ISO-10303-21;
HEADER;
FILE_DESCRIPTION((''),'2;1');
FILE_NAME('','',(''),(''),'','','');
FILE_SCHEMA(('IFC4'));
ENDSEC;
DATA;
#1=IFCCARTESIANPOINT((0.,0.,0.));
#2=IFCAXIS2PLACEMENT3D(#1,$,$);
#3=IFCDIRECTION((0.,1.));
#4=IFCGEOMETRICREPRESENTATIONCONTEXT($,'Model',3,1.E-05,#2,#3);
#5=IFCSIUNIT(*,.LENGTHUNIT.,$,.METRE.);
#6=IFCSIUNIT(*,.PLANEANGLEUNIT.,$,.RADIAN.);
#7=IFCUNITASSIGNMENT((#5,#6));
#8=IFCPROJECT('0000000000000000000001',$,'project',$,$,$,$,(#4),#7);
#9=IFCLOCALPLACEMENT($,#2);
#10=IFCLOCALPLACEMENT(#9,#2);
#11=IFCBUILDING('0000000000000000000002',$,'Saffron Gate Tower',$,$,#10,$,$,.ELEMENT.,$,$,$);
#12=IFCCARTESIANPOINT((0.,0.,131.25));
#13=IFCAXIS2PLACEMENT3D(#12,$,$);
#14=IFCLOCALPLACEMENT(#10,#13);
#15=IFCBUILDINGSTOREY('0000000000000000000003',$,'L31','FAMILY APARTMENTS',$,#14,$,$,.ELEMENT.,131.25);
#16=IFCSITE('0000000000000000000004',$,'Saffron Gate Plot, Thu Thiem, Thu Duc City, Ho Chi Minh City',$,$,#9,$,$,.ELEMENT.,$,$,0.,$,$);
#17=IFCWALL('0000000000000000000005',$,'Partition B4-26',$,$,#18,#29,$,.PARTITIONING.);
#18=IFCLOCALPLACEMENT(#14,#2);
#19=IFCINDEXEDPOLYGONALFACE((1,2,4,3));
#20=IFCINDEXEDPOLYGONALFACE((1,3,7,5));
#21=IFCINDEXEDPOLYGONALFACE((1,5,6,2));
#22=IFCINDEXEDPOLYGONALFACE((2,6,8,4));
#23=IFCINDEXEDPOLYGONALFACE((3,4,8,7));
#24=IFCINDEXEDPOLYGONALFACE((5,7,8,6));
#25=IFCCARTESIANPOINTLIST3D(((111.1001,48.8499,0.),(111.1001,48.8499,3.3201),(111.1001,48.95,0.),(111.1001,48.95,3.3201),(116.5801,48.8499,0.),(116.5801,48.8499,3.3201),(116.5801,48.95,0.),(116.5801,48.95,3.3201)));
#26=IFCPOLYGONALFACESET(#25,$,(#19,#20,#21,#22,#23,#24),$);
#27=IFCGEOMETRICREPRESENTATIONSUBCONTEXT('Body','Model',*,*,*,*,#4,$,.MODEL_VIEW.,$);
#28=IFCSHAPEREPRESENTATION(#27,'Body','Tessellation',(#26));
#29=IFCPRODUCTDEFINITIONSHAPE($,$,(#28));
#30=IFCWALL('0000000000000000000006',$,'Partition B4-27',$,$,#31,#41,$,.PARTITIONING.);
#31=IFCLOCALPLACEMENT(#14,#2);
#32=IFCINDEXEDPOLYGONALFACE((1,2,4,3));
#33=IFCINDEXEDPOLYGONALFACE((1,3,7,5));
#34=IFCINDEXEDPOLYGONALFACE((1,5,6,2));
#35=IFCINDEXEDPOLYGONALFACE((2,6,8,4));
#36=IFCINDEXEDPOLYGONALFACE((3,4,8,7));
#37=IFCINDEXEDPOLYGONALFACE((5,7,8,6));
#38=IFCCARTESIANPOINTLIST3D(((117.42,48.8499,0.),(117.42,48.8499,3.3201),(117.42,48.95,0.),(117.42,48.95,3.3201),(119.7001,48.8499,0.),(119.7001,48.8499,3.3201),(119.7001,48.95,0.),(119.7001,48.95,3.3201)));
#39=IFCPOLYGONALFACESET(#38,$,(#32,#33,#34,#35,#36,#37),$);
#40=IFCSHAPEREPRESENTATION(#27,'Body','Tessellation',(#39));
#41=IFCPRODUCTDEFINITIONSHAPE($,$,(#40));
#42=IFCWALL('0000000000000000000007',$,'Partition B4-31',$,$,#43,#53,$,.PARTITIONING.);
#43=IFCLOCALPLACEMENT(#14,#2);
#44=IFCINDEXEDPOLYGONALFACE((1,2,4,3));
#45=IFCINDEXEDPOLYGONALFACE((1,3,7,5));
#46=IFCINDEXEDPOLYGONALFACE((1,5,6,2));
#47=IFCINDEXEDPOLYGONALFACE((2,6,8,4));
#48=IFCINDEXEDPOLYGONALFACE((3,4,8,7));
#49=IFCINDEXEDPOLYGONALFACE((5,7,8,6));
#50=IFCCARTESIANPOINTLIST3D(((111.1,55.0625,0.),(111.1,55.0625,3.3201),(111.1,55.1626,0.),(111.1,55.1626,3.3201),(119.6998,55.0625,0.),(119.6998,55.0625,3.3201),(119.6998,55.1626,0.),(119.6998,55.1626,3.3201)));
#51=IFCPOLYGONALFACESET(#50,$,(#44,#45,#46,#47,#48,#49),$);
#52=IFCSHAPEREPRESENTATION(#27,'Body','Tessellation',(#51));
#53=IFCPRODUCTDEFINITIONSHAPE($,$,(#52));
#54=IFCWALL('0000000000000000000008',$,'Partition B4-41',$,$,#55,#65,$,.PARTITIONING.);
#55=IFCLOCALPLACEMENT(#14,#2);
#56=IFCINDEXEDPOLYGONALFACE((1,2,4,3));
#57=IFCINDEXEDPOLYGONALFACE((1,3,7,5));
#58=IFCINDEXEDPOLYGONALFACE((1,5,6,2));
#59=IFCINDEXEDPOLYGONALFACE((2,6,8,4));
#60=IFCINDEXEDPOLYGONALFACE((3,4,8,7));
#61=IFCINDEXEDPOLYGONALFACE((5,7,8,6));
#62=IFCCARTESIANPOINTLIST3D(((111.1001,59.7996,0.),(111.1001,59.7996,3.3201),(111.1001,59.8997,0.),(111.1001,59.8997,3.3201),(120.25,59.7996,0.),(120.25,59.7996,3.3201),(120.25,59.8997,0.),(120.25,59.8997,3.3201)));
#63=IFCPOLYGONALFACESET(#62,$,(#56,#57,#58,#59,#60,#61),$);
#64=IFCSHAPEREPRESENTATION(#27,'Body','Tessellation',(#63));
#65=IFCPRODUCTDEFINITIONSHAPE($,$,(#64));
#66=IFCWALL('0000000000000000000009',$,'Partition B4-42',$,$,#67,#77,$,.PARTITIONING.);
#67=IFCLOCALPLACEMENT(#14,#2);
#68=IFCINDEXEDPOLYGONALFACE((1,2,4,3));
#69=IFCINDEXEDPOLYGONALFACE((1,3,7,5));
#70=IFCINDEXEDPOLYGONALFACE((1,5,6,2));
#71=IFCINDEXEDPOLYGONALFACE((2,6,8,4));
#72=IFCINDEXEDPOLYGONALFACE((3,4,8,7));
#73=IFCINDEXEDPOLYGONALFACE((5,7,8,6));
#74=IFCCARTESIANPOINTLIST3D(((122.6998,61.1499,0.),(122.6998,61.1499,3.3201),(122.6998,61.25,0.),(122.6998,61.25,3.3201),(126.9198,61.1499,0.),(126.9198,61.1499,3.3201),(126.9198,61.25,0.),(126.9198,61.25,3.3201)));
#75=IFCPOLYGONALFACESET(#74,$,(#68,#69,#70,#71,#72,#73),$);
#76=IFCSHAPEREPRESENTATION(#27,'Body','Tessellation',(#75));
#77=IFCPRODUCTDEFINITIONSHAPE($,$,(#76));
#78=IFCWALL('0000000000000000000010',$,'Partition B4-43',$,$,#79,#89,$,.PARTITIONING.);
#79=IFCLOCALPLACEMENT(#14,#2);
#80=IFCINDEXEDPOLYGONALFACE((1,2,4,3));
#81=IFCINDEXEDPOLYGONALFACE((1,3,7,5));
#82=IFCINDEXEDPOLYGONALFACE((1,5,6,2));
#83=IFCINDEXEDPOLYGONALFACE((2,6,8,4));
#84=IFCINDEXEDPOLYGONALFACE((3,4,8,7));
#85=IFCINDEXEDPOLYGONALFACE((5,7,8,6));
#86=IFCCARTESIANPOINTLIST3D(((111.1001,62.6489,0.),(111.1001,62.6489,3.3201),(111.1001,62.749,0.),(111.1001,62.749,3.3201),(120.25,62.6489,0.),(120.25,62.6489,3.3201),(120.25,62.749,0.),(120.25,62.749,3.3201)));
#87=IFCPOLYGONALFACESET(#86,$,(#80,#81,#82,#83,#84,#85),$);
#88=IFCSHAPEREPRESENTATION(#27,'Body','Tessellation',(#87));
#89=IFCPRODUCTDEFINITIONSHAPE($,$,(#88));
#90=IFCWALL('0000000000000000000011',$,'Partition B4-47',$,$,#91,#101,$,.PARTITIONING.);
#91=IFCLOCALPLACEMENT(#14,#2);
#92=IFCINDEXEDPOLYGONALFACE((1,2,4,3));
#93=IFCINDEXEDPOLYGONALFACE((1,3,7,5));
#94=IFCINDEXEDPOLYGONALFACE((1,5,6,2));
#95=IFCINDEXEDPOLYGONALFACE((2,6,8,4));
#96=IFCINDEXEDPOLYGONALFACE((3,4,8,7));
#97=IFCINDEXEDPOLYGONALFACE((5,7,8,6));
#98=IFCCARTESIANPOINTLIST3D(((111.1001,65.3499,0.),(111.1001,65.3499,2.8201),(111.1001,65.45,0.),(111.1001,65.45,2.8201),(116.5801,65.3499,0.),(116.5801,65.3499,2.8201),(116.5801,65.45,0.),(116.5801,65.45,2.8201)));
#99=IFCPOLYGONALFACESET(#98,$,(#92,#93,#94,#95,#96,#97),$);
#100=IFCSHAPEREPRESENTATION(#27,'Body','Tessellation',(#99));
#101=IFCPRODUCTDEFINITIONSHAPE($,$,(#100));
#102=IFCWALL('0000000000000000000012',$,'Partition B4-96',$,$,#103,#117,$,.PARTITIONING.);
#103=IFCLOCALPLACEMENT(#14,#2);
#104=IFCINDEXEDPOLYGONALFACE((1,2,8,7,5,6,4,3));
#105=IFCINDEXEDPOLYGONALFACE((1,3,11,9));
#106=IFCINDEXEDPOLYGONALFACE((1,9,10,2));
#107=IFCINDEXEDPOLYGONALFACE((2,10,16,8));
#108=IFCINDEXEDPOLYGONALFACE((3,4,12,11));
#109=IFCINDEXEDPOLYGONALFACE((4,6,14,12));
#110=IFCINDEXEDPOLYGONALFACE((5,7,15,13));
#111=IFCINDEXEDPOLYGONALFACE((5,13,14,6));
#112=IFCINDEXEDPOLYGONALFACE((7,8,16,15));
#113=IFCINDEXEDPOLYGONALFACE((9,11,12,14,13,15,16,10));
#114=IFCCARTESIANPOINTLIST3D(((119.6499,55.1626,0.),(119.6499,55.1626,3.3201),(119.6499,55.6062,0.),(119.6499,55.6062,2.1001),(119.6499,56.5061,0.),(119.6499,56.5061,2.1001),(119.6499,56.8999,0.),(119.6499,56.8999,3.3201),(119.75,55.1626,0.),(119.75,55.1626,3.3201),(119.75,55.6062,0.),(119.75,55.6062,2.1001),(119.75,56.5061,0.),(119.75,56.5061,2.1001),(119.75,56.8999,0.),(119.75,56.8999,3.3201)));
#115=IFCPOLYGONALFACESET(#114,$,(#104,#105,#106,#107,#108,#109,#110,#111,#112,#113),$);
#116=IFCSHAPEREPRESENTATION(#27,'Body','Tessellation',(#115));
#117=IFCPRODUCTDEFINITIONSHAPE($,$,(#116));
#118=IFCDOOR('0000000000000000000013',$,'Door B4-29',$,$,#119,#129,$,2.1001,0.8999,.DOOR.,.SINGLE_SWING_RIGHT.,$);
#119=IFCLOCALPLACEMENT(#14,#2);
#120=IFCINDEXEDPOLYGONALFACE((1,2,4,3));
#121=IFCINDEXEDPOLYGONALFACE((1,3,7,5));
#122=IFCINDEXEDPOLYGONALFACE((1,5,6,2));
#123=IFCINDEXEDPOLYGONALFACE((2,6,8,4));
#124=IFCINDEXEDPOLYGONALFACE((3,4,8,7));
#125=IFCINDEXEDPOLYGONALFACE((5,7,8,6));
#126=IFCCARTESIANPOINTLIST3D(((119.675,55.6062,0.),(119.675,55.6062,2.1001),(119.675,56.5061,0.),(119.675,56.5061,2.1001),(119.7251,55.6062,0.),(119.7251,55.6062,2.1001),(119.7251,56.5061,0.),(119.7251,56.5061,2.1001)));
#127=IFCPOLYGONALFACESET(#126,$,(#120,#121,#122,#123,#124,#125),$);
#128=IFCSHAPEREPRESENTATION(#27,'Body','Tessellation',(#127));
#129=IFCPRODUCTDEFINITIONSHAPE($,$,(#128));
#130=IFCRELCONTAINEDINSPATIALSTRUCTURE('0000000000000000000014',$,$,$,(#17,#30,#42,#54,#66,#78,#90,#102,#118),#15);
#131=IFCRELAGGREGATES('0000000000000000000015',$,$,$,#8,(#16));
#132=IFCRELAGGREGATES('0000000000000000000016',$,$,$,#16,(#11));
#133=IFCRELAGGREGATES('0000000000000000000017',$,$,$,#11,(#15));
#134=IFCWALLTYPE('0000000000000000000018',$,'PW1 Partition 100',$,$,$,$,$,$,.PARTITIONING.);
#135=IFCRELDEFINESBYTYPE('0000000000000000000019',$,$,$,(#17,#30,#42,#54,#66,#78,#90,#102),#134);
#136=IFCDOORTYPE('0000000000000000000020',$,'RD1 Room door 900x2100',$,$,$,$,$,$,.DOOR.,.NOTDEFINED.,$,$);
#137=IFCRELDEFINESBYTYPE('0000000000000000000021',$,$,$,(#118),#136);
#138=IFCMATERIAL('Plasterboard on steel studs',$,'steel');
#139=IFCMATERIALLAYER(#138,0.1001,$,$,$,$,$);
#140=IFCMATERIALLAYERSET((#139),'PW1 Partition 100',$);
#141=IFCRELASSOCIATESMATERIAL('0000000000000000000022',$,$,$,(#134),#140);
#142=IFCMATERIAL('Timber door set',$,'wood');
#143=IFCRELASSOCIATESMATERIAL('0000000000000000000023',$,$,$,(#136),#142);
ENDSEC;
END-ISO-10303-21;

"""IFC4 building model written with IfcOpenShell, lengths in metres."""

from ifc_helpers import new_model, si_unit, direction, frame, frame_2d, origin, place, context, subcontext, project, spatial, rectangle, extrude, material, layer, layer_set, type_object, element, fill, save


model = new_model("IFC4")

# Units and contexts
model_context = context("Model", 3, precision=1e-05, world=origin(), true_north=direction((0.0, 1.0)))
body_context = subcontext(model_context, "Body", "Model", "MODEL_VIEW")
ifc_project = project(units=[si_unit("LENGTHUNIT", "METRE"), si_unit("PLANEANGLEUNIT", "RADIAN")], contexts=[model_context])

# Site, building, storey
site_placement = place(None, origin())
site = spatial("IfcSite", under=ifc_project, at=site_placement, Name="Saffron Gate Plot, Thu Thiem, Thu Duc City, Ho Chi Minh City", CompositionType="ELEMENT", RefElevation=0.0)
building_placement = place(site_placement, origin())
building = spatial("IfcBuilding", under=site, at=building_placement, Name="Saffron Gate Tower", CompositionType="ELEMENT")
storey_placement = place(building_placement, frame((0.0, 0.0, 131.25)))
storey = spatial("IfcBuildingStorey", under=building, at=storey_placement, Name="L31", Description="FAMILY APARTMENTS", CompositionType="ELEMENT", Elevation=131.25)

# Walls
ifc_material_1 = material(Name="Plasterboard on steel studs", Category="steel")
ifc_layer_1 = layer(ifc_material_1, 0.1001)
ifc_layer_set_1 = layer_set([ifc_layer_1], Name="PW1 Partition 100")
wall_type_1 = type_object("IfcWallType", Name="PW1 Partition 100", PredefinedType="PARTITIONING", material=ifc_layer_set_1)
wall_1_placement = place(storey_placement, frame((111.1001, 48.8999, 0.0), z_axis=(0.0, 0.0, 1.0), x_axis=(1.0, 0.0, 0.0)))
element("IfcWall", 1, at=wall_1_placement, inside=storey, type_object=wall_type_1, Name="Partition B4-26", PredefinedType="PARTITIONING", context=body_context, shape_type="SweptSolid", body=[
    extrude(rectangle(XDim=5.48, YDim=0.1001, at=frame_2d((2.74, 0.0))), origin(), (0.0, 0.0, 1.0), 3.3201),
])
wall_2_placement = place(storey_placement, frame((117.4199, 48.8999, 0.0), z_axis=(0.0, 0.0, 1.0), x_axis=(1.0, 0.0, 0.0)))
element("IfcWall", 2, at=wall_2_placement, inside=storey, type_object=wall_type_1, Name="Partition B4-27", PredefinedType="PARTITIONING", context=body_context, shape_type="SweptSolid", body=[
    extrude(rectangle(XDim=2.28, YDim=0.1001, at=frame_2d((1.1401, 0.0))), origin(), (0.0, 0.0, 1.0), 3.3201),
])
wall_3_placement = place(storey_placement, frame((111.1001, 55.1125, 0.0), z_axis=(0.0, 0.0, 1.0), x_axis=(1.0, 0.0, 0.0)))
element("IfcWall", 3, at=wall_3_placement, inside=storey, type_object=wall_type_1, Name="Partition B4-31", PredefinedType="PARTITIONING", context=body_context, shape_type="SweptSolid", body=[
    extrude(rectangle(XDim=8.5999, YDim=0.1001, at=frame_2d((4.2998, 0.0))), origin(), (0.0, 0.0, 1.0), 3.3201),
])
wall_4_placement = place(storey_placement, frame((111.1001, 59.8496, 0.0), z_axis=(0.0, 0.0, 1.0), x_axis=(1.0, 0.0, 0.0)))
element("IfcWall", 4, at=wall_4_placement, inside=storey, type_object=wall_type_1, Name="Partition B4-41", PredefinedType="PARTITIONING", context=body_context, shape_type="SweptSolid", body=[
    extrude(rectangle(XDim=9.1499, YDim=0.1001, at=frame_2d((4.575, 0.0))), origin(), (0.0, 0.0, 1.0), 3.3201),
])
wall_5_placement = place(storey_placement, frame((122.7, 61.2, 0.0), z_axis=(0.0, 0.0, 1.0), x_axis=(1.0, 0.0, 0.0)))
element("IfcWall", 5, at=wall_5_placement, inside=storey, type_object=wall_type_1, Name="Partition B4-42", PredefinedType="PARTITIONING", context=body_context, shape_type="SweptSolid", body=[
    extrude(rectangle(XDim=4.22, YDim=0.1001, at=frame_2d((2.1099, 0.0))), origin(), (0.0, 0.0, 1.0), 3.3201),
])
wall_6_placement = place(storey_placement, frame((111.1001, 62.699, 0.0), z_axis=(0.0, 0.0, 1.0), x_axis=(1.0, 0.0, 0.0)))
element("IfcWall", 6, at=wall_6_placement, inside=storey, type_object=wall_type_1, Name="Partition B4-43", PredefinedType="PARTITIONING", context=body_context, shape_type="SweptSolid", body=[
    extrude(rectangle(XDim=9.1499, YDim=0.1001, at=frame_2d((4.575, 0.0))), origin(), (0.0, 0.0, 1.0), 3.3201),
])
wall_7_placement = place(storey_placement, frame((111.1001, 65.3999, 0.0), z_axis=(0.0, 0.0, 1.0), x_axis=(1.0, 0.0, 0.0)))
element("IfcWall", 7, at=wall_7_placement, inside=storey, type_object=wall_type_1, Name="Partition B4-47", PredefinedType="PARTITIONING", context=body_context, shape_type="SweptSolid", body=[
    extrude(rectangle(XDim=5.48, YDim=0.1001, at=frame_2d((2.74, 0.0))), origin(), (0.0, 0.0, 1.0), 2.8201),
])

# Wall, opening, door
wall_8_placement = place(storey_placement, frame((119.7, 55.1626, 0.0), z_axis=(0.0, 0.0, 1.0), x_axis=(0.0, 1.0, 0.0)))
wall_8 = element("IfcWall", 8, at=wall_8_placement, inside=storey, type_object=wall_type_1, Name="Partition B4-96", PredefinedType="PARTITIONING", context=body_context, shape_type="SweptSolid", body=[
    extrude(rectangle(XDim=1.7373, YDim=0.1001, at=frame_2d((0.8687, 0.0))), origin(), (0.0, 0.0, 1.0), 3.3201),
])
opening_1_placement = place(wall_8_placement, frame((0.4436, 0.0, 0.0)))
opening_1 = element("IfcOpeningElement", 9, at=opening_1_placement, cuts=wall_8, PredefinedType="OPENING", context=body_context, shape_type="SweptSolid", body=[
    extrude(rectangle(XDim=0.8999, YDim=2.1001, at=frame_2d((0.45, 1.05))), frame((0.0, 0.0601, 0.0), z_axis=(0.0, -1.0, 0.0), x_axis=(1.0, 0.0, 0.0)), (0.0, 0.0, 1.0), 0.1201),
])
ifc_material_2 = material(Name="Timber door set", Category="wood")
door_type_1 = type_object("IfcDoorType", Name="RD1 Room door 900x2100", OperationType="NOTDEFINED", PredefinedType="DOOR", material=ifc_material_2)
door_1_placement = place(opening_1_placement, origin())
door_1 = element("IfcDoor", 10, at=door_1_placement, inside=storey, type_object=door_type_1, Name="Door B4-29", OperationType="SINGLE_SWING_RIGHT", OverallHeight=2.1001, OverallWidth=0.8999, PredefinedType="DOOR", context=body_context, shape_type="SweptSolid", body=[
    extrude(rectangle(XDim=0.8999, YDim=2.1001, at=frame_2d((0.45, 1.05))), frame((0.0, 0.0249, 0.0), z_axis=(0.0, -1.0, 0.0), x_axis=(1.0, 0.0, 0.0)), (0.0, 0.0, 1.0), 0.05),
])
fill(opening_1, door_1)

save(model, "model.ifc")
